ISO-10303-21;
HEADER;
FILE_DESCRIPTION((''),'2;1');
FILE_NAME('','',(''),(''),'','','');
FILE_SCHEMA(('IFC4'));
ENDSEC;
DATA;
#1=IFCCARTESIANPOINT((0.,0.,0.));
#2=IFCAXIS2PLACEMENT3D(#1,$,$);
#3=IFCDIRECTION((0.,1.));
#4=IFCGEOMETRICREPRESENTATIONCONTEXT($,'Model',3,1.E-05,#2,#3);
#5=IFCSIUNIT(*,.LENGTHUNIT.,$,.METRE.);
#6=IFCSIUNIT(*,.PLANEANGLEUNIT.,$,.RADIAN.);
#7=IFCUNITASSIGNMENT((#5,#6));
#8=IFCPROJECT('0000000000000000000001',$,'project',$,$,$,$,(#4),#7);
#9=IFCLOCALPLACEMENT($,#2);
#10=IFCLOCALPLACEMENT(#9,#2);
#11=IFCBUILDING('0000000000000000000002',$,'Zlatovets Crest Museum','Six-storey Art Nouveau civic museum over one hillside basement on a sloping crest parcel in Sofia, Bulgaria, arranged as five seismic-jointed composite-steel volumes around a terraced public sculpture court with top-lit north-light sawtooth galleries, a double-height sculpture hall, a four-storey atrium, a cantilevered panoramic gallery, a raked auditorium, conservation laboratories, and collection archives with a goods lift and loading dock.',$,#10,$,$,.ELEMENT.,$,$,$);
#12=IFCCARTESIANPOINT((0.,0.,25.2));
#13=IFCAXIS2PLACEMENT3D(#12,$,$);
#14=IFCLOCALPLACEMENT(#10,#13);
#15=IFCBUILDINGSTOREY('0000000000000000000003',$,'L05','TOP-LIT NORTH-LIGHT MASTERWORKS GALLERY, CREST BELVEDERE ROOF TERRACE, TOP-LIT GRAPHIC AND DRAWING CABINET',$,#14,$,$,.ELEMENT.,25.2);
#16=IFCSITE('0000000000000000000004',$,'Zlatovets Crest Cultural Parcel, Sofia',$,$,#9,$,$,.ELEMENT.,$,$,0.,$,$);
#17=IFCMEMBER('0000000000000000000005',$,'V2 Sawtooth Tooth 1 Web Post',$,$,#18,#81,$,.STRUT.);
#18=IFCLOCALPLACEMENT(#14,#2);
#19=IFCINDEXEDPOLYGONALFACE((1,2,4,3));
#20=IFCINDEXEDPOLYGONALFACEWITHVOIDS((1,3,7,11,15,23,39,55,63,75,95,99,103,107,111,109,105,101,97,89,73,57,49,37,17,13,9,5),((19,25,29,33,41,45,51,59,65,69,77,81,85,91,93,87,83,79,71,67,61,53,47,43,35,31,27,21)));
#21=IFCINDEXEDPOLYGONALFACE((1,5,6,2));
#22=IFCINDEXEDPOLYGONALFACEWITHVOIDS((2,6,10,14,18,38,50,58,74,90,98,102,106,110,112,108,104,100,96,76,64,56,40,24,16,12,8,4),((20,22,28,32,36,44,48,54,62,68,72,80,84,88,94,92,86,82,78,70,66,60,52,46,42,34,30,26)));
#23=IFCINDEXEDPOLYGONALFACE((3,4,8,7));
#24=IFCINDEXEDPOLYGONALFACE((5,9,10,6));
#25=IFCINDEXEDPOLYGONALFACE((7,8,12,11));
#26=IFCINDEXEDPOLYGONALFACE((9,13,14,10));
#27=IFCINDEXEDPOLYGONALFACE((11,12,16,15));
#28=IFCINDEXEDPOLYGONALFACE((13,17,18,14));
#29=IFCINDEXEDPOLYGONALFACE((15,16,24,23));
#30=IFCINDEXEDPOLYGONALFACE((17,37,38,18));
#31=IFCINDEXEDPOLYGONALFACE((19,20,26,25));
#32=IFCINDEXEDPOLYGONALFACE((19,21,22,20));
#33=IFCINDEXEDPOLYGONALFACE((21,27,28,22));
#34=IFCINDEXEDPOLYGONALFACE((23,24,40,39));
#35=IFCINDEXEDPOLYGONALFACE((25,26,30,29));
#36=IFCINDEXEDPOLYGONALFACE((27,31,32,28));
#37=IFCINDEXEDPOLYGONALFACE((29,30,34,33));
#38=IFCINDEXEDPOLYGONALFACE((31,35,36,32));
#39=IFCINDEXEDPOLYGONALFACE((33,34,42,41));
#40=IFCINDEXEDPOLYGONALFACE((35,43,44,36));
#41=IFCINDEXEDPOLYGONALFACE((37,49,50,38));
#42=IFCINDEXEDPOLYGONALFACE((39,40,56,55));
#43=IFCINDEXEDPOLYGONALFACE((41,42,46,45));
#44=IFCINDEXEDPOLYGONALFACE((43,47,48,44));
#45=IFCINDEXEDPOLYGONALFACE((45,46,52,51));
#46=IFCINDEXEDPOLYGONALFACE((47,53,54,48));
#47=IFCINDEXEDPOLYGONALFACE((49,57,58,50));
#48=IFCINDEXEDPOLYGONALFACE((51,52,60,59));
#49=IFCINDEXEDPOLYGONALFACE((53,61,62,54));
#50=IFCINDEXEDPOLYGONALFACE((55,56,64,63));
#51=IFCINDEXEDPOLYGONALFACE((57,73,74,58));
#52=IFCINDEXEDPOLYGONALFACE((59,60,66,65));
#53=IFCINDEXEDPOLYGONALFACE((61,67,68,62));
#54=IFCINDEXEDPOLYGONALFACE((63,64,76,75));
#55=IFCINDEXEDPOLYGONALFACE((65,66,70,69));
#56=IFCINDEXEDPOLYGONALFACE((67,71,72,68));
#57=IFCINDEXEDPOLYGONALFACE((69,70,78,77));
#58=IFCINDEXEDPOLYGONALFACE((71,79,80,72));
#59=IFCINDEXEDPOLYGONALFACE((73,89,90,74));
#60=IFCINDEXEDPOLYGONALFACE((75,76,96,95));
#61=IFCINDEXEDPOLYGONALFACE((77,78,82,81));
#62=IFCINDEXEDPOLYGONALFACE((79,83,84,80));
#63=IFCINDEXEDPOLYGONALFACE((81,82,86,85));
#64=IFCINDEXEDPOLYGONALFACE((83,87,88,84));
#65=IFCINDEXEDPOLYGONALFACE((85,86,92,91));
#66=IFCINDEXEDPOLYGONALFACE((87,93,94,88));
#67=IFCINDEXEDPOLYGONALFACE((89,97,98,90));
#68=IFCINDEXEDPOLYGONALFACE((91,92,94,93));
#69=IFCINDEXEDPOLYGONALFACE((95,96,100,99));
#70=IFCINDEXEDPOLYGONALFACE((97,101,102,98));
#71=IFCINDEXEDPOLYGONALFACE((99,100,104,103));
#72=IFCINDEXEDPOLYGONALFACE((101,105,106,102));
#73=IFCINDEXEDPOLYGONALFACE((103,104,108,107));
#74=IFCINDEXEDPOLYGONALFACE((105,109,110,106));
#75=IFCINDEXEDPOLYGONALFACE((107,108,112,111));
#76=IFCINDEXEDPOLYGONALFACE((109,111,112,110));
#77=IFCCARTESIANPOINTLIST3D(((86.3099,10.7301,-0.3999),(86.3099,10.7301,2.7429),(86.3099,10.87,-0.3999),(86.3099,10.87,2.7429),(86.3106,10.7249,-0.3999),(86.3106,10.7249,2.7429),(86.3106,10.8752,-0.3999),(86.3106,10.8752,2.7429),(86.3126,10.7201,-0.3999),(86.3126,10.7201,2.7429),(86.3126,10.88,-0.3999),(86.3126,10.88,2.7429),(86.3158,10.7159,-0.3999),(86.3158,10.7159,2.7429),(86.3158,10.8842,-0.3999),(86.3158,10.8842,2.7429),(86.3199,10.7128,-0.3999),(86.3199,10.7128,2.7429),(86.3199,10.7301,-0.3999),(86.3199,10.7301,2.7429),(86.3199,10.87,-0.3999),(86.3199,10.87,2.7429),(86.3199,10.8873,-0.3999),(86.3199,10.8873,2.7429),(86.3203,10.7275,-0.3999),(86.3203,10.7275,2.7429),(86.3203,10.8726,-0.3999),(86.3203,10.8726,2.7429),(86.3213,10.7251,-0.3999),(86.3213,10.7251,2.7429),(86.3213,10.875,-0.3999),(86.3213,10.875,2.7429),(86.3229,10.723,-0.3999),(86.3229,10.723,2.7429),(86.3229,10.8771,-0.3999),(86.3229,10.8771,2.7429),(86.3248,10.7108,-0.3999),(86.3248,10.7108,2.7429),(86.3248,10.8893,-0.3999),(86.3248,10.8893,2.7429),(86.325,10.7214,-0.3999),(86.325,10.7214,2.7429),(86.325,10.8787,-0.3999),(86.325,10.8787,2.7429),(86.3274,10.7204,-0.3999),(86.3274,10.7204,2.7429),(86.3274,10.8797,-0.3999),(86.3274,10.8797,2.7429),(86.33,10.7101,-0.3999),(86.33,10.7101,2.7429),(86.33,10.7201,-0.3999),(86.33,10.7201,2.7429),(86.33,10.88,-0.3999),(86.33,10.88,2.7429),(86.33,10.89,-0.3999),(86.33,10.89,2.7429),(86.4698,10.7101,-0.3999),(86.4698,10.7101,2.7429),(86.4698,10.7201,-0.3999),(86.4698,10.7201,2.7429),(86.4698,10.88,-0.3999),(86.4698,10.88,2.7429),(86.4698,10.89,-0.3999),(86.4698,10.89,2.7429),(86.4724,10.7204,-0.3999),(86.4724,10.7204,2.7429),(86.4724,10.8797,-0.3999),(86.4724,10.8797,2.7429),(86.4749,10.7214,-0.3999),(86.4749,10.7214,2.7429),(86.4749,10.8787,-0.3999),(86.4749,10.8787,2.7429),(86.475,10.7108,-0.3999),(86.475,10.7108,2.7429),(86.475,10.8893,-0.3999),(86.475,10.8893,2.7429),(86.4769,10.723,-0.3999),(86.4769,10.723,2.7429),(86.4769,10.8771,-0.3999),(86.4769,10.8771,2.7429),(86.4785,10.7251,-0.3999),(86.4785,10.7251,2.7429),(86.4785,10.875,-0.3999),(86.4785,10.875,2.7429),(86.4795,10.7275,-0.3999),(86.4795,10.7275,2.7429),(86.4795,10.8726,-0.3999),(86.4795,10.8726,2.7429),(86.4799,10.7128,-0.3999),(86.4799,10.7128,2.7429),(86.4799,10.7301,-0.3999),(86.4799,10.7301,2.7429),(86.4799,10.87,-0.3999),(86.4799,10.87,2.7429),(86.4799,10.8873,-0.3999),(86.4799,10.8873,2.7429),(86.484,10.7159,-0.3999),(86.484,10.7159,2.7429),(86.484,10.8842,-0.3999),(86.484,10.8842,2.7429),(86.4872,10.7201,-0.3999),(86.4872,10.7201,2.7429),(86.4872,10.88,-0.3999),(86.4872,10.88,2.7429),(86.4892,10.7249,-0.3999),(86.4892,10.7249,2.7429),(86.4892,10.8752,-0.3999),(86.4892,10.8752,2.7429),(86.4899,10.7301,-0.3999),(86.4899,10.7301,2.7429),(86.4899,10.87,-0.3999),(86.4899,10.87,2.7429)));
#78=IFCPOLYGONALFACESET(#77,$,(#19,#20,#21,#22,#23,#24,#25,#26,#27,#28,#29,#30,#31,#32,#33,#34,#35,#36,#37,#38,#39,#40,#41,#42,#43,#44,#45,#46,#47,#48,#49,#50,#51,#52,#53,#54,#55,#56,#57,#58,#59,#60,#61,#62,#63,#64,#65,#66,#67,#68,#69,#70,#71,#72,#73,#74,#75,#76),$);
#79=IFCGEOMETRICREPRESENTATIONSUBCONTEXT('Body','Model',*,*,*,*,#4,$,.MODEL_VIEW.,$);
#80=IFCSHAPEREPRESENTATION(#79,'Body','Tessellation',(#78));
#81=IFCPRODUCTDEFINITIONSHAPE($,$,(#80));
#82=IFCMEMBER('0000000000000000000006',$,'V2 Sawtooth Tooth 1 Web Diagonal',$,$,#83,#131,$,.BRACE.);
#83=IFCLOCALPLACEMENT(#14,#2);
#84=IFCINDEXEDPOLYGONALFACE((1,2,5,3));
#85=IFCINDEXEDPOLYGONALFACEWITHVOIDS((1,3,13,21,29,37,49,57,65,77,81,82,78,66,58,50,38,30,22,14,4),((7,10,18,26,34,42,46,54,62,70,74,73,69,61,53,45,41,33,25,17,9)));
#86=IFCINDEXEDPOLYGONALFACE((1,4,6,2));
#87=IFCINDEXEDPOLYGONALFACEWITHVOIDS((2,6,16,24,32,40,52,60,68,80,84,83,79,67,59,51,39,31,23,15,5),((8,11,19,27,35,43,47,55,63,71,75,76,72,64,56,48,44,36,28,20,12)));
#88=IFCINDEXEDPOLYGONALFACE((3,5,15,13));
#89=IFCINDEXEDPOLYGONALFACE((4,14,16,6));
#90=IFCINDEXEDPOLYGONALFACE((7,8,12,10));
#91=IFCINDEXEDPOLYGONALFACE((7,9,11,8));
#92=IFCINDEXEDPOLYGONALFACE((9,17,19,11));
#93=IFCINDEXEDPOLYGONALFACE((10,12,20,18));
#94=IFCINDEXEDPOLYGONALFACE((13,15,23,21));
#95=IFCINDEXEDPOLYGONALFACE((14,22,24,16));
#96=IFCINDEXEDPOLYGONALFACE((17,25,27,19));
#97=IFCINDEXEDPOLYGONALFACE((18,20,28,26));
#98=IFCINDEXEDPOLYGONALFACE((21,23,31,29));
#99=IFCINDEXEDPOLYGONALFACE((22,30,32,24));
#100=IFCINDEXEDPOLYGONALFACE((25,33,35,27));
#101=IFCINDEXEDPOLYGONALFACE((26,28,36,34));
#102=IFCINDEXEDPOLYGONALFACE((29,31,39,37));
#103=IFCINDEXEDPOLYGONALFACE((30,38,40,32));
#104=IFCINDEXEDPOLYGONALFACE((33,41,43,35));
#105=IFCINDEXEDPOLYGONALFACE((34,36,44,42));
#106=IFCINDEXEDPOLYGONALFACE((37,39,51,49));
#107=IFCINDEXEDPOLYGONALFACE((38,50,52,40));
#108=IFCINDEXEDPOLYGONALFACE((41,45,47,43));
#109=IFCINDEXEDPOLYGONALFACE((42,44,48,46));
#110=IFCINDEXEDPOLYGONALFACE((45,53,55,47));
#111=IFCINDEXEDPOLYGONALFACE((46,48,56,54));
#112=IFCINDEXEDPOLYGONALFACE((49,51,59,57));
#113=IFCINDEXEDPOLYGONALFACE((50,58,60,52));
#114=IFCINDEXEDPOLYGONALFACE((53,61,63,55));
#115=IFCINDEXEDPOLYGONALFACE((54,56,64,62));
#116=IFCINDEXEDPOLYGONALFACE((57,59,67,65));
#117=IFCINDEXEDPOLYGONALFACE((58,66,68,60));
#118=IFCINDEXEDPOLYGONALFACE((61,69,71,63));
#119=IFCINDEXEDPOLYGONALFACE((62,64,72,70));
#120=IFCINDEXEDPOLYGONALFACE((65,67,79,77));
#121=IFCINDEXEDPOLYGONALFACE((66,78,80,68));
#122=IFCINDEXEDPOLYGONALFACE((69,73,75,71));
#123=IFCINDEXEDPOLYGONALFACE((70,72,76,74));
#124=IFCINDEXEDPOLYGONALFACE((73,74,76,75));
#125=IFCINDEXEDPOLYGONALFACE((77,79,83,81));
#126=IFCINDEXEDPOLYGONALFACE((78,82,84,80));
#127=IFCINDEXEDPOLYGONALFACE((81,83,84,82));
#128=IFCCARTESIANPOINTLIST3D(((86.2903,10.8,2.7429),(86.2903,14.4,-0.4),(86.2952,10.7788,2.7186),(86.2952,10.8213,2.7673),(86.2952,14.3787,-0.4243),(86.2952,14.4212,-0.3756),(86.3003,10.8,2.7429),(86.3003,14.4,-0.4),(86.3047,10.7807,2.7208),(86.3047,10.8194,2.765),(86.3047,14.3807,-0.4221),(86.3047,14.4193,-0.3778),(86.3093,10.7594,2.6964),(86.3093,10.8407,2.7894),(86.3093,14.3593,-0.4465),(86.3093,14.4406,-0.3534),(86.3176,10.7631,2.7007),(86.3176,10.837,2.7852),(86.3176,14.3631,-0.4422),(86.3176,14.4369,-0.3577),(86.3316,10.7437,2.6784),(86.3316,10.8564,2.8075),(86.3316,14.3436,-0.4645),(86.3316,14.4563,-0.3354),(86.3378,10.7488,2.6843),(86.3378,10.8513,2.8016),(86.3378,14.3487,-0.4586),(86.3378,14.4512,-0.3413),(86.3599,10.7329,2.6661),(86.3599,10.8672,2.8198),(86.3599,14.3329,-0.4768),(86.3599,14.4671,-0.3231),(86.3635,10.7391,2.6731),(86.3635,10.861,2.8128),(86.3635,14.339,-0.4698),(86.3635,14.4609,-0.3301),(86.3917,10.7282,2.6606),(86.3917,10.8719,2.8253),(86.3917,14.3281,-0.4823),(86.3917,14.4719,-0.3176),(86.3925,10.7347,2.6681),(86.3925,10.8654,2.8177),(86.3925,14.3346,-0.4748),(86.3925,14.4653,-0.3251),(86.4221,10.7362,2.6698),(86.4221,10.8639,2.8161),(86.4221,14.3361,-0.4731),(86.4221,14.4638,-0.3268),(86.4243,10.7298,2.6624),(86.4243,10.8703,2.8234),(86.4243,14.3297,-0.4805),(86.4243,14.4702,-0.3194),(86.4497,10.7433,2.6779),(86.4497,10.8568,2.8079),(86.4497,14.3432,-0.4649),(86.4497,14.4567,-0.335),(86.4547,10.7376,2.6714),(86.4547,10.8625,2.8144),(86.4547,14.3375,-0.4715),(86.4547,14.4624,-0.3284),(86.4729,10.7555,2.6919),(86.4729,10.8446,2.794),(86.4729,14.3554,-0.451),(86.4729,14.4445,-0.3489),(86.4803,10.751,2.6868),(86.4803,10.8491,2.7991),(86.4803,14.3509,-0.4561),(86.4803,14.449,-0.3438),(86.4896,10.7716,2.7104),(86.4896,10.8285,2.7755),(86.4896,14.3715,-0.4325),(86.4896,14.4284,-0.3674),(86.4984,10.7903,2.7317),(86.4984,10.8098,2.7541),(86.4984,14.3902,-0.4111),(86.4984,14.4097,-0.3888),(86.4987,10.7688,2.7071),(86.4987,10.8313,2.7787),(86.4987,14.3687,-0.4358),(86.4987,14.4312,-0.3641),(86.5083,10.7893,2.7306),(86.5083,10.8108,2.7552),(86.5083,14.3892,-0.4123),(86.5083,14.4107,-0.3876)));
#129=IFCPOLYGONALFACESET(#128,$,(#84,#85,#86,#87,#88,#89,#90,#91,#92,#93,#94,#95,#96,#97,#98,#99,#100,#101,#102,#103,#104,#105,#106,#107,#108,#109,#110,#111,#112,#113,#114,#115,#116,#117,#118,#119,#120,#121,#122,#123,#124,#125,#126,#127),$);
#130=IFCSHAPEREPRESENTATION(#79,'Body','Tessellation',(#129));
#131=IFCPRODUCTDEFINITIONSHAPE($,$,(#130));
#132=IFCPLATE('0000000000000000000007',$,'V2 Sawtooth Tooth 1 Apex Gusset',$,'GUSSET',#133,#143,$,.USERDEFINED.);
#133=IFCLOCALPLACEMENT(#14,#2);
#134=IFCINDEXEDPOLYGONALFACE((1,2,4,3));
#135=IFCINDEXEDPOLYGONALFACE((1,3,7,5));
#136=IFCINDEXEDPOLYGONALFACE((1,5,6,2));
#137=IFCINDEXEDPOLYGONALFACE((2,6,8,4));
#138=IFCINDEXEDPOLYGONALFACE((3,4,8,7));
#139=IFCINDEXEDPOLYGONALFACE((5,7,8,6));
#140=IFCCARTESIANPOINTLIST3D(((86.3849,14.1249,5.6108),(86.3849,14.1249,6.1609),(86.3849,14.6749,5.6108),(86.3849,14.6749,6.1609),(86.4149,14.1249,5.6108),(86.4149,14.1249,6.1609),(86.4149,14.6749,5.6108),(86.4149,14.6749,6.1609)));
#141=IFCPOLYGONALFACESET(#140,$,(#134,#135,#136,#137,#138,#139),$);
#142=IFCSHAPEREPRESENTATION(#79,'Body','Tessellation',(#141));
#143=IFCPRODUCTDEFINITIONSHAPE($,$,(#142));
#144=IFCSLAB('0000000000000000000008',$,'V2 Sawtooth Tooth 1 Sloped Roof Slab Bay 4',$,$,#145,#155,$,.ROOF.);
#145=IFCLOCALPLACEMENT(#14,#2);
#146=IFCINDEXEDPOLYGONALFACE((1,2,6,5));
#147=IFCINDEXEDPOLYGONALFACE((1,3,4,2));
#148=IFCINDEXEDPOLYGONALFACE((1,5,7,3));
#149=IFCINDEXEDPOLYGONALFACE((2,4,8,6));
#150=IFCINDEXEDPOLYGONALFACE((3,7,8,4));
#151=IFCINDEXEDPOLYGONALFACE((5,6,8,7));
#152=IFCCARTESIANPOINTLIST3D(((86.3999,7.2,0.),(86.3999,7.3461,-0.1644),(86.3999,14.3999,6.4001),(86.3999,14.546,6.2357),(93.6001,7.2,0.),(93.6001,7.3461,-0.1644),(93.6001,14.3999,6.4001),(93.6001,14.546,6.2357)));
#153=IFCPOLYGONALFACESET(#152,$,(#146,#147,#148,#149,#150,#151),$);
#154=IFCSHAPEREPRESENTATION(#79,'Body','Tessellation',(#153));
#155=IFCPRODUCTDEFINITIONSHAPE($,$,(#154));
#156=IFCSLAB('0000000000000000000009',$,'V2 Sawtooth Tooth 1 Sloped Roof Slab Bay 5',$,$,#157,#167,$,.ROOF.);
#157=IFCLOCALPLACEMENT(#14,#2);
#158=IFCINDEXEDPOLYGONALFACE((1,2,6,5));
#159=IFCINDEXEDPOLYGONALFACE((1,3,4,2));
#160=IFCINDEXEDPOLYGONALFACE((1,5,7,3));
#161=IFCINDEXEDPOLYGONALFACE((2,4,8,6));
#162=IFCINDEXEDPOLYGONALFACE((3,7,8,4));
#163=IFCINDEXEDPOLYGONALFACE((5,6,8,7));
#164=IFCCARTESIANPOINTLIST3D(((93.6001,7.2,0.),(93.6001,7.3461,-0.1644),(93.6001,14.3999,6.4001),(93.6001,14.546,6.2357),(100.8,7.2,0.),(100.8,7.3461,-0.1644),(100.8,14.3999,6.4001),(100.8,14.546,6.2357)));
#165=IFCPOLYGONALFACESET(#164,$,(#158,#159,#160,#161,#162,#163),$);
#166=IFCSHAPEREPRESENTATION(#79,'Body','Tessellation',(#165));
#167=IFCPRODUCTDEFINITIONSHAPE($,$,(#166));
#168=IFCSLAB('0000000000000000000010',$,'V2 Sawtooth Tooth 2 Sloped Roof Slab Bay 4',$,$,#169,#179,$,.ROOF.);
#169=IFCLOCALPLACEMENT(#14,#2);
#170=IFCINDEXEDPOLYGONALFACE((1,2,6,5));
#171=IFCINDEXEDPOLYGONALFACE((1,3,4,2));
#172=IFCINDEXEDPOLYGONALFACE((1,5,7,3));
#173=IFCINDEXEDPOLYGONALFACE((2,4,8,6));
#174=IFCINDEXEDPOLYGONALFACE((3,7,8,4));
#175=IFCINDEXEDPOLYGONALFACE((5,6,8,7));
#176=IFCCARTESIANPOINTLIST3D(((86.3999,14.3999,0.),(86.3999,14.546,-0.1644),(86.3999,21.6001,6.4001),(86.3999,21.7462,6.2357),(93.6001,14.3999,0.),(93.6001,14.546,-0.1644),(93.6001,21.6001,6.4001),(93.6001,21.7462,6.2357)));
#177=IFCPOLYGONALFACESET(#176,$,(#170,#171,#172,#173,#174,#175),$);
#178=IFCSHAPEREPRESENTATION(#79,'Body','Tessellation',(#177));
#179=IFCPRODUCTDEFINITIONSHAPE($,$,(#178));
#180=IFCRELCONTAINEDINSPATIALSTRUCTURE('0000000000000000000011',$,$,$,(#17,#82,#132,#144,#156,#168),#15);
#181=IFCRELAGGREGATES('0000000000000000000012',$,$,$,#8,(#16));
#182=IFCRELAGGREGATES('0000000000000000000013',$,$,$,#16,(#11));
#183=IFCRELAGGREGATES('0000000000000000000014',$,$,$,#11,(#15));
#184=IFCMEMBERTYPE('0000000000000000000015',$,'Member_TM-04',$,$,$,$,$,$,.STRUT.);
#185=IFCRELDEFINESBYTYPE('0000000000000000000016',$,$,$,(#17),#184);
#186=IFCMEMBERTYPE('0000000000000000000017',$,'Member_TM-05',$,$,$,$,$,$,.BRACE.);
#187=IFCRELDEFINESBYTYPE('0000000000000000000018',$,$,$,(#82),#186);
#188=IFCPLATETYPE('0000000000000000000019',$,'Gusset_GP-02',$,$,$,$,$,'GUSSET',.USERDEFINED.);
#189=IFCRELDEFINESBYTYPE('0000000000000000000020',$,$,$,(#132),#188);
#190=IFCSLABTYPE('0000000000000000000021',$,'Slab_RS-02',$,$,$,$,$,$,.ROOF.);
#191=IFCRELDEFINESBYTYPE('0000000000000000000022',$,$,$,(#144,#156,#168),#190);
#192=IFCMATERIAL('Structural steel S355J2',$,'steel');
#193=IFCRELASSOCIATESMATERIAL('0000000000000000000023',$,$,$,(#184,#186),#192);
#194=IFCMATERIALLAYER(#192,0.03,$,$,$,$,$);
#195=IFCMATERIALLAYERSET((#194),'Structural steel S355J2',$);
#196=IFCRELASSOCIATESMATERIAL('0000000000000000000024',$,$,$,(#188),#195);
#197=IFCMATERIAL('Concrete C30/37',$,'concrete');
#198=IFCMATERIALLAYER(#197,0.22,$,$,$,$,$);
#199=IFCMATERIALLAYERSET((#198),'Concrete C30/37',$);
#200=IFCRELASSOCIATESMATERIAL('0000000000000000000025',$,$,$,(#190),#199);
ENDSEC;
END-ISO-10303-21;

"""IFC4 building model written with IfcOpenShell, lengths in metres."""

from ifc_helpers import new_model, si_unit, direction, frame, origin, origin_2d, place, context, subcontext, project, spatial, polyline, rectangle, hollow_rectangle, hollow_circle, outline, extrude, material, layer, layer_set, material_profile, profile_set, type_object, element, save


model = new_model("IFC4")

# Units and contexts
model_context = context("Model", 3, precision=1e-05, world=origin(), true_north=direction((0.0, 1.0)))
body_context = subcontext(model_context, "Body", "Model", "MODEL_VIEW")
ifc_project = project(units=[si_unit("LENGTHUNIT", "METRE"), si_unit("PLANEANGLEUNIT", "RADIAN")], contexts=[model_context])

# Site, building, storey
site_placement = place(None, origin())
site = spatial("IfcSite", under=ifc_project, at=site_placement, Name="Zlatovets Crest Cultural Parcel, Sofia", CompositionType="ELEMENT", RefElevation=0.0)
building_placement = place(site_placement, origin())
building = spatial("IfcBuilding", under=site, at=building_placement, Name="Zlatovets Crest Museum", Description="Six-storey Art Nouveau civic museum over one hillside basement on a sloping crest parcel in Sofia, Bulgaria, arranged as five seismic-jointed composite-steel volumes around a terraced public sculpture court with top-lit north-light sawtooth galleries, a double-height sculpture hall, a four-storey atrium, a cantilevered panoramic gallery, a raked auditorium, conservation laboratories, and collection archives with a goods lift and loading dock.", CompositionType="ELEMENT")
storey_placement = place(building_placement, frame((0.0, 0.0, 25.2)))
storey = spatial("IfcBuildingStorey", under=building, at=storey_placement, Name="L05", Description="TOP-LIT NORTH-LIGHT MASTERWORKS GALLERY, CREST BELVEDERE ROOF TERRACE, TOP-LIT GRAPHIC AND DRAWING CABINET", CompositionType="ELEMENT", Elevation=25.2)

# Shared definitions
ifc_material_1 = material(Name="Structural steel S355J2", Category="steel")

# Members
ifc_material_profile_1 = material_profile(ifc_material_1, hollow_rectangle(XDim=0.1799, YDim=0.1799, WallThickness=0.01, InnerFilletRadius=0.01, OuterFilletRadius=0.02, at=origin_2d()), Name="SHS 180x180x10.0")
ifc_profile_set_1 = profile_set([ifc_material_profile_1], Name="Structural steel S355J2")
member_type_1 = type_object("IfcMemberType", Name="Member_TM-04", PredefinedType="STRUT", material=ifc_profile_set_1)
member_1_placement = place(storey_placement, frame((86.3999, 10.8, -0.3999), z_axis=(0.0, 0.0, 1.0), x_axis=(1.0, 0.0, 0.0)))
element("IfcMember", 1, at=member_1_placement, inside=storey, type_object=member_type_1, Name="V2 Sawtooth Tooth 1 Web Post", PredefinedType="STRUT", context=body_context, shape_type="SweptSolid", body=[
    extrude(hollow_rectangle(XDim=0.1799, YDim=0.1799, WallThickness=0.01, InnerFilletRadius=0.01, OuterFilletRadius=0.02, at=origin_2d()), origin(), (0.0, 0.0, 1.0), 3.1428),
])
ifc_material_profile_2 = material_profile(ifc_material_1, hollow_circle(Radius=0.1096, WallThickness=0.01, at=origin_2d()), Name="CHS 219.1x10.0")
ifc_profile_set_2 = profile_set([ifc_material_profile_2], Name="Structural steel S355J2")
member_type_2 = type_object("IfcMemberType", Name="Member_TM-05", PredefinedType="BRACE", material=ifc_profile_set_2)
member_2_placement = place(storey_placement, frame((86.3999, 10.8, 2.7429), z_axis=(0.0, 0.753307, -0.657669), x_axis=(-1.0, 0.0, 0.0)))
element("IfcMember", 2, at=member_2_placement, inside=storey, type_object=member_type_2, Name="V2 Sawtooth Tooth 1 Web Diagonal", PredefinedType="BRACE", context=body_context, shape_type="SweptSolid", body=[
    extrude(hollow_circle(Radius=0.1096, WallThickness=0.01, at=origin_2d()), origin(), (0.0, 0.0, 1.0), 4.7788),
])

# Plate
ifc_layer_1 = layer(ifc_material_1, 0.03)
ifc_layer_set_1 = layer_set([ifc_layer_1], Name="Structural steel S355J2")
plate_type = type_object("IfcPlateType", Name="Gusset_GP-02", ElementType="GUSSET", PredefinedType="USERDEFINED", material=ifc_layer_set_1)
plate_placement = place(storey_placement, frame((86.3999, 14.3999, 5.6108), z_axis=(0.0, 0.0, 1.0), x_axis=(1.0, 0.0, 0.0)))
element("IfcPlate", 3, at=plate_placement, inside=storey, type_object=plate_type, Name="V2 Sawtooth Tooth 1 Apex Gusset", ObjectType="GUSSET", PredefinedType="USERDEFINED", context=body_context, shape_type="SweptSolid", body=[
    extrude(rectangle(XDim=0.03, YDim=0.55, at=origin_2d()), origin(), (0.0, 0.0, 1.0), 0.55),
])

# Slabs
ifc_material_2 = material(Name="Concrete C30/37", Category="concrete")
ifc_layer_2 = layer(ifc_material_2, 0.22)
ifc_layer_set_2 = layer_set([ifc_layer_2], Name="Concrete C30/37")
slab_type = type_object("IfcSlabType", Name="Slab_RS-02", PredefinedType="ROOF", material=ifc_layer_set_2)
slab_1_placement = place(storey_placement, frame((86.3999, 7.2, 0.0), z_axis=(0.0, -0.664375, 0.7474), x_axis=(1.0, 0.0, 0.0)))
element("IfcSlab", 4, at=slab_1_placement, inside=storey, type_object=slab_type, Name="V2 Sawtooth Tooth 1 Sloped Roof Slab Bay 4", PredefinedType="ROOF", context=body_context, shape_type="SweptSolid", body=[
    extrude(outline(polyline([(0.0, 0.0), (7.2002, 0.0), (7.2002, 9.6333), (0.0, 9.6333), (0.0, 0.0)])), origin(), (0.0, 0.0, -1.0), 0.22),
])
slab_2_placement = place(storey_placement, frame((93.6001, 7.2, 0.0), z_axis=(0.0, -0.664375, 0.7474), x_axis=(1.0, 0.0, 0.0)))
element("IfcSlab", 5, at=slab_2_placement, inside=storey, type_object=slab_type, Name="V2 Sawtooth Tooth 1 Sloped Roof Slab Bay 5", PredefinedType="ROOF", context=body_context, shape_type="SweptSolid", body=[
    extrude(outline(polyline([(0.0, 0.0), (7.2, 0.0), (7.2, 9.6333), (0.0, 9.6333), (0.0, 0.0)])), origin(), (0.0, 0.0, -1.0), 0.22),
])
slab_3_placement = place(storey_placement, frame((86.3999, 14.3999, 0.0), z_axis=(0.0, -0.664362, 0.747411), x_axis=(1.0, 0.0, 0.0)))
element("IfcSlab", 6, at=slab_3_placement, inside=storey, type_object=slab_type, Name="V2 Sawtooth Tooth 2 Sloped Roof Slab Bay 4", PredefinedType="ROOF", context=body_context, shape_type="SweptSolid", body=[
    extrude(outline(polyline([(0.0, 0.0), (7.2002, 0.0), (7.2002, 9.6335), (0.0, 9.6335), (0.0, 0.0)])), origin(), (0.0, 0.0, -1.0), 0.22),
])

save(model, "model.ifc")
